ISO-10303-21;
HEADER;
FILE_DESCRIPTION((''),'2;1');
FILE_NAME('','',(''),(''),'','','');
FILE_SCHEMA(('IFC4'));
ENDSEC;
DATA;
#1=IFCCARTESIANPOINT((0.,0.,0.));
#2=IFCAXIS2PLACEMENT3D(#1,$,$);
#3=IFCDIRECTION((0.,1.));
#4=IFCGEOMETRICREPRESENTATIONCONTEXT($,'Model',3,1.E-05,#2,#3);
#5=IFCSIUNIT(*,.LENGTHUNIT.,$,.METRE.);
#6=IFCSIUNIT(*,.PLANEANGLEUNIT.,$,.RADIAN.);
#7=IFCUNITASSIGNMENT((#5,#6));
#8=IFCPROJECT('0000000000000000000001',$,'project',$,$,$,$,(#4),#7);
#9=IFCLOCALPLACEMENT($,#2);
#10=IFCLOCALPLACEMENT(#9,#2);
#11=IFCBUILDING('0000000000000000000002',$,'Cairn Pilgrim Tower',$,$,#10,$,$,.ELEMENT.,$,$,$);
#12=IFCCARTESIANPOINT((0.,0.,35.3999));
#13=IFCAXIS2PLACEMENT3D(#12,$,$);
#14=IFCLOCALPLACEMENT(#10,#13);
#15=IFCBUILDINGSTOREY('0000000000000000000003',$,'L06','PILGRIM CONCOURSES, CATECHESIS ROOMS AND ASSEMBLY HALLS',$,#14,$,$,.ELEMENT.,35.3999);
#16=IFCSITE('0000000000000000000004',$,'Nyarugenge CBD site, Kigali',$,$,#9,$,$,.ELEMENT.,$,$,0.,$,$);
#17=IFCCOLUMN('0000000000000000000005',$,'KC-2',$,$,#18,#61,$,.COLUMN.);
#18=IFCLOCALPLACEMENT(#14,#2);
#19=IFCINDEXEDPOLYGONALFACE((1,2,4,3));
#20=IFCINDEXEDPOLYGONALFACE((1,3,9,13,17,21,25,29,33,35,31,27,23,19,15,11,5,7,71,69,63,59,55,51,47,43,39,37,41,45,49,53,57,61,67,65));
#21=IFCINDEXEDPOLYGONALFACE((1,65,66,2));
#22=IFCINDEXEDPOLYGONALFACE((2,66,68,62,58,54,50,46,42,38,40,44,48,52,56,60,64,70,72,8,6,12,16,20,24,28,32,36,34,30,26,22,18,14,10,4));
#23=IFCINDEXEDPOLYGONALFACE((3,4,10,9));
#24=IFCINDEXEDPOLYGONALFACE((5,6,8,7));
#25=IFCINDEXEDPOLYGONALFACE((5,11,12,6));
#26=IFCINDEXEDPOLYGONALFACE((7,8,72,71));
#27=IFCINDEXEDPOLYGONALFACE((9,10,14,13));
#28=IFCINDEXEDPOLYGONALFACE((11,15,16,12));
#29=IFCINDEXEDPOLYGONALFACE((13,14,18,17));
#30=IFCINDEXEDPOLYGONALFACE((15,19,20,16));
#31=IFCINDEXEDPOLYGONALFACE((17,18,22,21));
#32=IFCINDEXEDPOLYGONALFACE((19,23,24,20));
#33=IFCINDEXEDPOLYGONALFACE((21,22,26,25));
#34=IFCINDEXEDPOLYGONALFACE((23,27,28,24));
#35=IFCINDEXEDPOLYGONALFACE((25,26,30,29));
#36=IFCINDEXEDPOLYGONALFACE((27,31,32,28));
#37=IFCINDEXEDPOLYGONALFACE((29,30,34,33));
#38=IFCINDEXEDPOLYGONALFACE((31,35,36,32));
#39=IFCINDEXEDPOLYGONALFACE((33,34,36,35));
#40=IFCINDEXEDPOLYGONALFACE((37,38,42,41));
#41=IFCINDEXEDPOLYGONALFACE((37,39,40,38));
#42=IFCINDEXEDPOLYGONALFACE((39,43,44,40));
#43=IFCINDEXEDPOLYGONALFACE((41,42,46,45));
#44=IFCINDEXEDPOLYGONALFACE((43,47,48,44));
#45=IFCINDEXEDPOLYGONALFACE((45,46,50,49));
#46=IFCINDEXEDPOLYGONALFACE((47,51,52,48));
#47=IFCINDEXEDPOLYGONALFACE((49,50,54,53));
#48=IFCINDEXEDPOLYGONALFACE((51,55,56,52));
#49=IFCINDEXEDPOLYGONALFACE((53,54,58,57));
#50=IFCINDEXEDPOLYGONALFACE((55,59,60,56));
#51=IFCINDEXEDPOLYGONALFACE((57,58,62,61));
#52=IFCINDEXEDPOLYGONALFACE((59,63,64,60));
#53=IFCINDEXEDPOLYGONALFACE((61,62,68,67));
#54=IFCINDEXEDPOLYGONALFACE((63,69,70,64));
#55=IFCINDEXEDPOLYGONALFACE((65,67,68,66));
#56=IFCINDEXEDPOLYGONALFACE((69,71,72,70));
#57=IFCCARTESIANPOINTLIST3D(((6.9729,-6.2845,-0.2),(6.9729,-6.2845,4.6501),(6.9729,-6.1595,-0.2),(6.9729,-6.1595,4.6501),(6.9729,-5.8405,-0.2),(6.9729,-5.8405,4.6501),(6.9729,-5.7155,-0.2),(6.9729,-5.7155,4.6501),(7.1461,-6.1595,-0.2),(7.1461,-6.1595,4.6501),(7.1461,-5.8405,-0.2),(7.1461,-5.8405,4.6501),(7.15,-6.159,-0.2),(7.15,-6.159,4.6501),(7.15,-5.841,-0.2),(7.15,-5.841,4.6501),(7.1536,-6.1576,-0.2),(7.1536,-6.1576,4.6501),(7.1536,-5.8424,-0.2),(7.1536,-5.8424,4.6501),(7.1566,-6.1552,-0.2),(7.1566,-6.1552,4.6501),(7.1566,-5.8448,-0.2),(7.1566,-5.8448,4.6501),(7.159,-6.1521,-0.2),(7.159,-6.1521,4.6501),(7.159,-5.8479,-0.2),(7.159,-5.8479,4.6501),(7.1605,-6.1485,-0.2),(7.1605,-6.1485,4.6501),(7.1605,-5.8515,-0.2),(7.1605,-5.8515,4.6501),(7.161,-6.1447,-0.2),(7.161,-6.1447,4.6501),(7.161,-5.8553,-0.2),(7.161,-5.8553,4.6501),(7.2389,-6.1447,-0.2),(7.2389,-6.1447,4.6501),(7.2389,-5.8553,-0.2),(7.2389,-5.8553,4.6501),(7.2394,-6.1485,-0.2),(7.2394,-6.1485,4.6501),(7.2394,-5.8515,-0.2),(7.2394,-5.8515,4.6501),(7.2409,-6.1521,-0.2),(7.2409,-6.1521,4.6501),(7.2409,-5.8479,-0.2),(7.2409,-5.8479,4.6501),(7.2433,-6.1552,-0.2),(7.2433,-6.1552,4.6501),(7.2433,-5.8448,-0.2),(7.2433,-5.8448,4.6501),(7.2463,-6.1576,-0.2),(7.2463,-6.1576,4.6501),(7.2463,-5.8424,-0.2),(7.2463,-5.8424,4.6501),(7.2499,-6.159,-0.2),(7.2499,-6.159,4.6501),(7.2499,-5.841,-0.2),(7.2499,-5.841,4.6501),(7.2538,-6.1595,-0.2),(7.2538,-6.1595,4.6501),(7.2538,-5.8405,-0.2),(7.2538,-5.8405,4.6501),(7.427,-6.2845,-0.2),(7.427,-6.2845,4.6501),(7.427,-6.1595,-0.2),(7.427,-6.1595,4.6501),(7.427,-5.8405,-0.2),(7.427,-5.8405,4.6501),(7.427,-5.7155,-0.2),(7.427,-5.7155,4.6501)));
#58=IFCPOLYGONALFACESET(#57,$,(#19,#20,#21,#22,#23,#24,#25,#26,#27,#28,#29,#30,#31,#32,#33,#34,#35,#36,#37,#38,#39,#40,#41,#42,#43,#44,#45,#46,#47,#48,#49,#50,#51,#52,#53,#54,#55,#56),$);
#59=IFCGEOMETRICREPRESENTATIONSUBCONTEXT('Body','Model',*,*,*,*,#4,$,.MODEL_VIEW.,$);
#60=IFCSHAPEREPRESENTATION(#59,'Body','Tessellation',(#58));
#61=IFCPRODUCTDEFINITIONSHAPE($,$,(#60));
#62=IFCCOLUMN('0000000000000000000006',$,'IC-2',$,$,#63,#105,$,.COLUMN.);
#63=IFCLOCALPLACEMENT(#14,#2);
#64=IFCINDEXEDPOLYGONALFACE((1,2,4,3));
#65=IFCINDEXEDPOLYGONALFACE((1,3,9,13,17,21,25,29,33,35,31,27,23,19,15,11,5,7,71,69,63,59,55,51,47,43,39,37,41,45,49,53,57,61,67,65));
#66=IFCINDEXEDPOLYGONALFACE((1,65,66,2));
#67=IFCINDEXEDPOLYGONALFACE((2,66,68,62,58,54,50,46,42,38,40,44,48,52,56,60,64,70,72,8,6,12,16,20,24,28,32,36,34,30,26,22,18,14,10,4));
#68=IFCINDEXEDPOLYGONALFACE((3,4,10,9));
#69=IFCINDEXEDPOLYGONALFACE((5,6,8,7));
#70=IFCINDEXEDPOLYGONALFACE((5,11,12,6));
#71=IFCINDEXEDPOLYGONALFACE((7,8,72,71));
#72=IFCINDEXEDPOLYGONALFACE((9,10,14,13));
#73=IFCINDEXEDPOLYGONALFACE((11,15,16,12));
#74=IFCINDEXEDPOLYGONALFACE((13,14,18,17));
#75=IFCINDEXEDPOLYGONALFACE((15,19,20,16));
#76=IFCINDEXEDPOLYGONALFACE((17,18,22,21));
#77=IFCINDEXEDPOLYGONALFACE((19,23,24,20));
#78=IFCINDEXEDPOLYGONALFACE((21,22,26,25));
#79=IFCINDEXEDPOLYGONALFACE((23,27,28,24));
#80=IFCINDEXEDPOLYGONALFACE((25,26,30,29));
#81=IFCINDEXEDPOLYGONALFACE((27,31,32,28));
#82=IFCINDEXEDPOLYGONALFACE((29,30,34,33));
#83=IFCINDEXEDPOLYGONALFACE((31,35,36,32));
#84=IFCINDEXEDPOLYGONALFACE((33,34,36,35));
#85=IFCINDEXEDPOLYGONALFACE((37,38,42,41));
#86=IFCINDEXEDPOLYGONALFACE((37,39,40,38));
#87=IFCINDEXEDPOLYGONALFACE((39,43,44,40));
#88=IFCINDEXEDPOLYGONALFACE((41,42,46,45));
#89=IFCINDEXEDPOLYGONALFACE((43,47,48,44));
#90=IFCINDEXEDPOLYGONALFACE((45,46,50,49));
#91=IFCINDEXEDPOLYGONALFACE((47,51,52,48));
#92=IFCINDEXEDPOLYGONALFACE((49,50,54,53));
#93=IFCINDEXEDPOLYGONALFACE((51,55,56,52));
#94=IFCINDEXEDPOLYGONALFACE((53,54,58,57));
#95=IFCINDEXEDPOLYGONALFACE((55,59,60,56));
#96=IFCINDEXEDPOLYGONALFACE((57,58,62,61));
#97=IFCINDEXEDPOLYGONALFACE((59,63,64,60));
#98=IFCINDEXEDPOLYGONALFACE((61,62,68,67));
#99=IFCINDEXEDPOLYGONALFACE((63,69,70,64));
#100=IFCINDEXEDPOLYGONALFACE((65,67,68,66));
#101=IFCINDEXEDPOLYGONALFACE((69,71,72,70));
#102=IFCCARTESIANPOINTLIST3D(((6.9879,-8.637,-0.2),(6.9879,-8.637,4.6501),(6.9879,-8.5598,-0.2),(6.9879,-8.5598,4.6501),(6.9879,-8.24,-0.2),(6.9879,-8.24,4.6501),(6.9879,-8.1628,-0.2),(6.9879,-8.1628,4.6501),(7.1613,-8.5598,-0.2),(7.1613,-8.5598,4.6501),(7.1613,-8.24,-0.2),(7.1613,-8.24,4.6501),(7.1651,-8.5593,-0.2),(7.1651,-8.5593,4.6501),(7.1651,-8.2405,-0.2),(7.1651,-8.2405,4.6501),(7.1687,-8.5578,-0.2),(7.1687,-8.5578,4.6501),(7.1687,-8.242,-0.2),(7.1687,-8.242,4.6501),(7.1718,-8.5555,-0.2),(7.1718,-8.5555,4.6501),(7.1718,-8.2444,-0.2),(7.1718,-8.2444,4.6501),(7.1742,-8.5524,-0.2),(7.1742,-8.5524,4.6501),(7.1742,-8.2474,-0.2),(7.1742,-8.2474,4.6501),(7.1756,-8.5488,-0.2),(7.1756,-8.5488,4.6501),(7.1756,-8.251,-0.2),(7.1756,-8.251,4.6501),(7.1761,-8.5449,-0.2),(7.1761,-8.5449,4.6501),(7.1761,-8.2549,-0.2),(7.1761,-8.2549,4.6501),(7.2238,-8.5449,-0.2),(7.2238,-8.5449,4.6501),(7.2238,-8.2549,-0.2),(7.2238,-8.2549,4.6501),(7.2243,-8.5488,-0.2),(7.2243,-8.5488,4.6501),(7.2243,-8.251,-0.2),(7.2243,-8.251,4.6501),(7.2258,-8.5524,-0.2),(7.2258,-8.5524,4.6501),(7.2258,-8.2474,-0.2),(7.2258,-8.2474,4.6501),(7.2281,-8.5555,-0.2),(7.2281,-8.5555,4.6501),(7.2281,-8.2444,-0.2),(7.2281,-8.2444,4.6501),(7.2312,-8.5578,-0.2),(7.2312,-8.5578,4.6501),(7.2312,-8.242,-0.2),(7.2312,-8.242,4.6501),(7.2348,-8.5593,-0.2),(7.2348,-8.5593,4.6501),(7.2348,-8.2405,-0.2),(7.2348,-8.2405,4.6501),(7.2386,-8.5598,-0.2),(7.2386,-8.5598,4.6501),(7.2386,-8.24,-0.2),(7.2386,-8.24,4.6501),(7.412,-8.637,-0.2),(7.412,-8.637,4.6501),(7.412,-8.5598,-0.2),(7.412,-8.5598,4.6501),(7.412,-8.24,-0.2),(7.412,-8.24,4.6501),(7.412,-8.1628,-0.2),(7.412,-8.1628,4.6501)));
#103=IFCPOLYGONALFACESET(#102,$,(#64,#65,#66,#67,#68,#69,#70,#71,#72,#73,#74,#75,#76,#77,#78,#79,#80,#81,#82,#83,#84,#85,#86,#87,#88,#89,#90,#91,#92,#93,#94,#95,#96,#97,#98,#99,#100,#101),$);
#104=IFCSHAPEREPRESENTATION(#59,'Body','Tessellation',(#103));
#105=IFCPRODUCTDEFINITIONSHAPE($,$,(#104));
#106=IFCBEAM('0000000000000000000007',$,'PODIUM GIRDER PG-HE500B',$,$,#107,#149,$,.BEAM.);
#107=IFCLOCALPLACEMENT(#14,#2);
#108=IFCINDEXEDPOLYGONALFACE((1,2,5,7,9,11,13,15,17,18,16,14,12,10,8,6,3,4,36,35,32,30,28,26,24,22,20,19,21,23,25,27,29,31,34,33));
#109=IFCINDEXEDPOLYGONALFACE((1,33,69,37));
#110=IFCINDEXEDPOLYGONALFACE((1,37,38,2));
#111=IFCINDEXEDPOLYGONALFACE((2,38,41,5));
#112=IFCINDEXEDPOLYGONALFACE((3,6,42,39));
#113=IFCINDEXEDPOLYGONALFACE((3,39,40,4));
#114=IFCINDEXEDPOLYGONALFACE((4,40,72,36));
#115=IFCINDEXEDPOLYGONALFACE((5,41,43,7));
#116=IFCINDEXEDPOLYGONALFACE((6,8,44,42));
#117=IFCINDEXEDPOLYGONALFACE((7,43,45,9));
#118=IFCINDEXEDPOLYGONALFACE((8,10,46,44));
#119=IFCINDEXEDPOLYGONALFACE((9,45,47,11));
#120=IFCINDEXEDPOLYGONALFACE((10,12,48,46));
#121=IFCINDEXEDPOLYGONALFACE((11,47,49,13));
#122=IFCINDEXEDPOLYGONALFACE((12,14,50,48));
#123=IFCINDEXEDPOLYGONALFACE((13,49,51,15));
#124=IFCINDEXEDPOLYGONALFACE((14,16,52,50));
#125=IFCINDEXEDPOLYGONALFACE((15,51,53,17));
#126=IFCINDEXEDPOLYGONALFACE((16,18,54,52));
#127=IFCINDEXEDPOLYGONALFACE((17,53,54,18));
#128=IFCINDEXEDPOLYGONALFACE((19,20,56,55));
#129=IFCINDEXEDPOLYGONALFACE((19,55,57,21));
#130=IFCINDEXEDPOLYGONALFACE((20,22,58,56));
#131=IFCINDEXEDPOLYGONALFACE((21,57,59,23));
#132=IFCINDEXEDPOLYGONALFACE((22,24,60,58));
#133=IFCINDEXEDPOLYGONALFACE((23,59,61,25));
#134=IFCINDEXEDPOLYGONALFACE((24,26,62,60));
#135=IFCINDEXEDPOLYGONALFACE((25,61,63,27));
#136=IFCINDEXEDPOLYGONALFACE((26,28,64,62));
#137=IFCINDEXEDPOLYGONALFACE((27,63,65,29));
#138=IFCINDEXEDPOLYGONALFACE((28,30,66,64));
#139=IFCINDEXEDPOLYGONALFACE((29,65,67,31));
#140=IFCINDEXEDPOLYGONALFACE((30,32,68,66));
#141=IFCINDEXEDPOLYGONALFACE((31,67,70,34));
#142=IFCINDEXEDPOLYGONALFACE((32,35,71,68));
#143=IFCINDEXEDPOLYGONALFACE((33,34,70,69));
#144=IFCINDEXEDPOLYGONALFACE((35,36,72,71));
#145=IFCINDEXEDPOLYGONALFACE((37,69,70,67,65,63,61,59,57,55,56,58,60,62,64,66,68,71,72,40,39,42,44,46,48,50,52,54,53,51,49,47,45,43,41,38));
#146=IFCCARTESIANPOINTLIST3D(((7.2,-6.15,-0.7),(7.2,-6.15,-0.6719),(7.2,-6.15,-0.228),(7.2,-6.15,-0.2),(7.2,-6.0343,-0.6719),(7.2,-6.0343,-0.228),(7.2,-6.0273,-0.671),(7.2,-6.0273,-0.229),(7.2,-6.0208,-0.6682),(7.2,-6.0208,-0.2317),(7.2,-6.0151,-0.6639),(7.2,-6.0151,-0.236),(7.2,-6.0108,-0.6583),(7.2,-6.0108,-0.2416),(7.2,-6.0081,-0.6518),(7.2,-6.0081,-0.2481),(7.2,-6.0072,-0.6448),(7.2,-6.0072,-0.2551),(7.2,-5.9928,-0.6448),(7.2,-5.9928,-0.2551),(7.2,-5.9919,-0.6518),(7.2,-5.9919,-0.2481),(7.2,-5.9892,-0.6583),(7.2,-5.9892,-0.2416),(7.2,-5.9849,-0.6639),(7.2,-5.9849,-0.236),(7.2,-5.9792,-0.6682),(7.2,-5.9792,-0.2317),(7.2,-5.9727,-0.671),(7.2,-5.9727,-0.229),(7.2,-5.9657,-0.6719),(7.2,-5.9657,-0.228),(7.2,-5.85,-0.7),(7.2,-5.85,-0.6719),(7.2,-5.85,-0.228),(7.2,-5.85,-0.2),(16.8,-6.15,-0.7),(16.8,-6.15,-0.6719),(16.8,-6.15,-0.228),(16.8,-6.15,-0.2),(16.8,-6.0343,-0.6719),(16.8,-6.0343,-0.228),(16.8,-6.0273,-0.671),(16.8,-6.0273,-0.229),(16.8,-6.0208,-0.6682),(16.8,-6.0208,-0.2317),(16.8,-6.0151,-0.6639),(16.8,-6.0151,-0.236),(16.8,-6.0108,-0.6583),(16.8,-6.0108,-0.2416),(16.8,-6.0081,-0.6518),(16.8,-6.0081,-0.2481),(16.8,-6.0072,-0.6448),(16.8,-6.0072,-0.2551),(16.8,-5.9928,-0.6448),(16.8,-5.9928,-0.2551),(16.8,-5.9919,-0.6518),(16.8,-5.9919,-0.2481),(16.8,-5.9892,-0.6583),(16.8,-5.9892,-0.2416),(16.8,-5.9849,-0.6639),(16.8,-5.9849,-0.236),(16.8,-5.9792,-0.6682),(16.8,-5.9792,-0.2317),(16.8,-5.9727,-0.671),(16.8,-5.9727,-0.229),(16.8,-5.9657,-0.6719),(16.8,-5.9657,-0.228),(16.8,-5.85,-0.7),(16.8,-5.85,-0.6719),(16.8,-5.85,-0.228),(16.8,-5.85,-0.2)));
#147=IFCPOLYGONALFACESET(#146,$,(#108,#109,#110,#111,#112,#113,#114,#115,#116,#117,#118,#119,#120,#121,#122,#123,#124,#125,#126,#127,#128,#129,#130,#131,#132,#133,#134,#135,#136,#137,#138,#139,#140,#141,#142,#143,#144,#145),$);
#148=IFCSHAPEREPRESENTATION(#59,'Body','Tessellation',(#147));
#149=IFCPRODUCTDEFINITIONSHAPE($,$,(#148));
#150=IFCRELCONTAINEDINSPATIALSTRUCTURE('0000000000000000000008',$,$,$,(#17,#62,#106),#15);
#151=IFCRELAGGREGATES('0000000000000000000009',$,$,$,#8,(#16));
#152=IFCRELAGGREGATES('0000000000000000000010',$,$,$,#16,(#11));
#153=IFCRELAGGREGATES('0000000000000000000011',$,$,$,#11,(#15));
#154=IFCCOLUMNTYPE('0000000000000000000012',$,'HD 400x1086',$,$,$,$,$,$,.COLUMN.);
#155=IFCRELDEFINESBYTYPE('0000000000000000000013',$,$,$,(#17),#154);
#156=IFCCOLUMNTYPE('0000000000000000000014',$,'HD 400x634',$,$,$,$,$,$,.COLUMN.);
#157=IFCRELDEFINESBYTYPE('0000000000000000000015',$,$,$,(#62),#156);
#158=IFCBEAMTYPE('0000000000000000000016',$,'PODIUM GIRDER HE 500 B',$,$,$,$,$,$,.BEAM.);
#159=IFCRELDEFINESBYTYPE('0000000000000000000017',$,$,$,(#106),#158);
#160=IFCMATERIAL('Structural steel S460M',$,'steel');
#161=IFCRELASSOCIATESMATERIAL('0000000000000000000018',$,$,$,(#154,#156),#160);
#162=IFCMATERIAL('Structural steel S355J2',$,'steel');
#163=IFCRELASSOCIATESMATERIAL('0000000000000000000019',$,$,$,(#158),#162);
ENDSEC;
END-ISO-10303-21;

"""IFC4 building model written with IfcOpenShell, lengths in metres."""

from ifc_helpers import new_model, si_unit, direction, frame, origin, origin_2d, place, context, subcontext, project, spatial, i_section, extrude, material, material_profile, profile_set, type_object, element, save


model = new_model("IFC4")

# Units and contexts
model_context = context("Model", 3, precision=1e-05, world=origin(), true_north=direction((0.0, 1.0)))
body_context = subcontext(model_context, "Body", "Model", "MODEL_VIEW")
ifc_project = project(units=[si_unit("LENGTHUNIT", "METRE"), si_unit("PLANEANGLEUNIT", "RADIAN")], contexts=[model_context])

# Site, building, storey
site_placement = place(None, origin())
site = spatial("IfcSite", under=ifc_project, at=site_placement, Name="Nyarugenge CBD site, Kigali", CompositionType="ELEMENT", RefElevation=0.0)
building_placement = place(site_placement, origin())
building = spatial("IfcBuilding", under=site, at=building_placement, Name="Cairn Pilgrim Tower", CompositionType="ELEMENT")
storey_placement = place(building_placement, frame((0.0, 0.0, 35.3999)))
storey = spatial("IfcBuildingStorey", under=building, at=storey_placement, Name="L06", Description="PILGRIM CONCOURSES, CATECHESIS ROOMS AND ASSEMBLY HALLS", CompositionType="ELEMENT", Elevation=35.3999)

# Columns
ifc_material_1 = material(Name="Structural steel S460M", Category="steel")
ifc_material_profile_1 = material_profile(ifc_material_1, i_section(OverallWidth=0.4541, OverallDepth=0.5691, WebThickness=0.0779, FlangeThickness=0.125, FilletRadius=0.0149, at=origin_2d()), Name="HD 400x1086")
ifc_profile_set_1 = profile_set([ifc_material_profile_1], Name="Structural steel S460M")
column_type_1 = type_object("IfcColumnType", Name="HD 400x1086", PredefinedType="COLUMN", material=ifc_profile_set_1)
column_1_placement = place(storey_placement, frame((7.2, -6.0, -0.2), z_axis=(0.0, 0.0, 1.0), x_axis=(1.0, 0.0, 0.0)))
element("IfcColumn", 1, at=column_1_placement, inside=storey, type_object=column_type_1, Name="KC-2", PredefinedType="COLUMN", context=body_context, shape_type="SweptSolid", body=[
    extrude(i_section(OverallWidth=0.4541, OverallDepth=0.5691, WebThickness=0.0779, FlangeThickness=0.125, FilletRadius=0.0149, at=origin_2d()), origin(), (0.0, 0.0, 1.0), 4.8501),
])
ifc_material_profile_2 = material_profile(ifc_material_1, i_section(OverallWidth=0.4241, OverallDepth=0.4741, WebThickness=0.0476, FlangeThickness=0.0771, FilletRadius=0.0149, at=origin_2d()), Name="HD 400x634")
ifc_profile_set_2 = profile_set([ifc_material_profile_2], Name="Structural steel S460M")
column_type_2 = type_object("IfcColumnType", Name="HD 400x634", PredefinedType="COLUMN", material=ifc_profile_set_2)
column_2_placement = place(storey_placement, frame((7.2, -8.3999, -0.2), z_axis=(0.0, 0.0, 1.0), x_axis=(1.0, 0.0, 0.0)))
element("IfcColumn", 2, at=column_2_placement, inside=storey, type_object=column_type_2, Name="IC-2", PredefinedType="COLUMN", context=body_context, shape_type="SweptSolid", body=[
    extrude(i_section(OverallWidth=0.4241, OverallDepth=0.4741, WebThickness=0.0476, FlangeThickness=0.0771, FilletRadius=0.0149, at=origin_2d()), origin(), (0.0, 0.0, 1.0), 4.8501),
])

# Beam
ifc_material_2 = material(Name="Structural steel S355J2", Category="steel")
ifc_material_profile_3 = material_profile(ifc_material_2, i_section(OverallWidth=0.3, OverallDepth=0.5, WebThickness=0.0144, FlangeThickness=0.0281, FilletRadius=0.0271, at=origin_2d()), Name="HEB 500")
ifc_profile_set_3 = profile_set([ifc_material_profile_3], Name="Structural steel S355J2")
beam_type_1 = type_object("IfcBeamType", Name="PODIUM GIRDER HE 500 B", PredefinedType="BEAM", material=ifc_profile_set_3)
beam_1_placement = place(storey_placement, frame((7.2, -6.0, -0.45), z_axis=(1.0, 0.0, 0.0), x_axis=(0.0, 1.0, 0.0)))
element("IfcBeam", 3, at=beam_1_placement, inside=storey, type_object=beam_type_1, Name="PODIUM GIRDER PG-HE500B", PredefinedType="BEAM", context=body_context, shape_type="SweptSolid", body=[
    extrude(i_section(OverallWidth=0.3, OverallDepth=0.5, WebThickness=0.0144, FlangeThickness=0.0281, FilletRadius=0.0271, at=origin_2d()), origin(), (0.0, 0.0, 1.0), 9.6001),
])

save(model, "model.ifc")
